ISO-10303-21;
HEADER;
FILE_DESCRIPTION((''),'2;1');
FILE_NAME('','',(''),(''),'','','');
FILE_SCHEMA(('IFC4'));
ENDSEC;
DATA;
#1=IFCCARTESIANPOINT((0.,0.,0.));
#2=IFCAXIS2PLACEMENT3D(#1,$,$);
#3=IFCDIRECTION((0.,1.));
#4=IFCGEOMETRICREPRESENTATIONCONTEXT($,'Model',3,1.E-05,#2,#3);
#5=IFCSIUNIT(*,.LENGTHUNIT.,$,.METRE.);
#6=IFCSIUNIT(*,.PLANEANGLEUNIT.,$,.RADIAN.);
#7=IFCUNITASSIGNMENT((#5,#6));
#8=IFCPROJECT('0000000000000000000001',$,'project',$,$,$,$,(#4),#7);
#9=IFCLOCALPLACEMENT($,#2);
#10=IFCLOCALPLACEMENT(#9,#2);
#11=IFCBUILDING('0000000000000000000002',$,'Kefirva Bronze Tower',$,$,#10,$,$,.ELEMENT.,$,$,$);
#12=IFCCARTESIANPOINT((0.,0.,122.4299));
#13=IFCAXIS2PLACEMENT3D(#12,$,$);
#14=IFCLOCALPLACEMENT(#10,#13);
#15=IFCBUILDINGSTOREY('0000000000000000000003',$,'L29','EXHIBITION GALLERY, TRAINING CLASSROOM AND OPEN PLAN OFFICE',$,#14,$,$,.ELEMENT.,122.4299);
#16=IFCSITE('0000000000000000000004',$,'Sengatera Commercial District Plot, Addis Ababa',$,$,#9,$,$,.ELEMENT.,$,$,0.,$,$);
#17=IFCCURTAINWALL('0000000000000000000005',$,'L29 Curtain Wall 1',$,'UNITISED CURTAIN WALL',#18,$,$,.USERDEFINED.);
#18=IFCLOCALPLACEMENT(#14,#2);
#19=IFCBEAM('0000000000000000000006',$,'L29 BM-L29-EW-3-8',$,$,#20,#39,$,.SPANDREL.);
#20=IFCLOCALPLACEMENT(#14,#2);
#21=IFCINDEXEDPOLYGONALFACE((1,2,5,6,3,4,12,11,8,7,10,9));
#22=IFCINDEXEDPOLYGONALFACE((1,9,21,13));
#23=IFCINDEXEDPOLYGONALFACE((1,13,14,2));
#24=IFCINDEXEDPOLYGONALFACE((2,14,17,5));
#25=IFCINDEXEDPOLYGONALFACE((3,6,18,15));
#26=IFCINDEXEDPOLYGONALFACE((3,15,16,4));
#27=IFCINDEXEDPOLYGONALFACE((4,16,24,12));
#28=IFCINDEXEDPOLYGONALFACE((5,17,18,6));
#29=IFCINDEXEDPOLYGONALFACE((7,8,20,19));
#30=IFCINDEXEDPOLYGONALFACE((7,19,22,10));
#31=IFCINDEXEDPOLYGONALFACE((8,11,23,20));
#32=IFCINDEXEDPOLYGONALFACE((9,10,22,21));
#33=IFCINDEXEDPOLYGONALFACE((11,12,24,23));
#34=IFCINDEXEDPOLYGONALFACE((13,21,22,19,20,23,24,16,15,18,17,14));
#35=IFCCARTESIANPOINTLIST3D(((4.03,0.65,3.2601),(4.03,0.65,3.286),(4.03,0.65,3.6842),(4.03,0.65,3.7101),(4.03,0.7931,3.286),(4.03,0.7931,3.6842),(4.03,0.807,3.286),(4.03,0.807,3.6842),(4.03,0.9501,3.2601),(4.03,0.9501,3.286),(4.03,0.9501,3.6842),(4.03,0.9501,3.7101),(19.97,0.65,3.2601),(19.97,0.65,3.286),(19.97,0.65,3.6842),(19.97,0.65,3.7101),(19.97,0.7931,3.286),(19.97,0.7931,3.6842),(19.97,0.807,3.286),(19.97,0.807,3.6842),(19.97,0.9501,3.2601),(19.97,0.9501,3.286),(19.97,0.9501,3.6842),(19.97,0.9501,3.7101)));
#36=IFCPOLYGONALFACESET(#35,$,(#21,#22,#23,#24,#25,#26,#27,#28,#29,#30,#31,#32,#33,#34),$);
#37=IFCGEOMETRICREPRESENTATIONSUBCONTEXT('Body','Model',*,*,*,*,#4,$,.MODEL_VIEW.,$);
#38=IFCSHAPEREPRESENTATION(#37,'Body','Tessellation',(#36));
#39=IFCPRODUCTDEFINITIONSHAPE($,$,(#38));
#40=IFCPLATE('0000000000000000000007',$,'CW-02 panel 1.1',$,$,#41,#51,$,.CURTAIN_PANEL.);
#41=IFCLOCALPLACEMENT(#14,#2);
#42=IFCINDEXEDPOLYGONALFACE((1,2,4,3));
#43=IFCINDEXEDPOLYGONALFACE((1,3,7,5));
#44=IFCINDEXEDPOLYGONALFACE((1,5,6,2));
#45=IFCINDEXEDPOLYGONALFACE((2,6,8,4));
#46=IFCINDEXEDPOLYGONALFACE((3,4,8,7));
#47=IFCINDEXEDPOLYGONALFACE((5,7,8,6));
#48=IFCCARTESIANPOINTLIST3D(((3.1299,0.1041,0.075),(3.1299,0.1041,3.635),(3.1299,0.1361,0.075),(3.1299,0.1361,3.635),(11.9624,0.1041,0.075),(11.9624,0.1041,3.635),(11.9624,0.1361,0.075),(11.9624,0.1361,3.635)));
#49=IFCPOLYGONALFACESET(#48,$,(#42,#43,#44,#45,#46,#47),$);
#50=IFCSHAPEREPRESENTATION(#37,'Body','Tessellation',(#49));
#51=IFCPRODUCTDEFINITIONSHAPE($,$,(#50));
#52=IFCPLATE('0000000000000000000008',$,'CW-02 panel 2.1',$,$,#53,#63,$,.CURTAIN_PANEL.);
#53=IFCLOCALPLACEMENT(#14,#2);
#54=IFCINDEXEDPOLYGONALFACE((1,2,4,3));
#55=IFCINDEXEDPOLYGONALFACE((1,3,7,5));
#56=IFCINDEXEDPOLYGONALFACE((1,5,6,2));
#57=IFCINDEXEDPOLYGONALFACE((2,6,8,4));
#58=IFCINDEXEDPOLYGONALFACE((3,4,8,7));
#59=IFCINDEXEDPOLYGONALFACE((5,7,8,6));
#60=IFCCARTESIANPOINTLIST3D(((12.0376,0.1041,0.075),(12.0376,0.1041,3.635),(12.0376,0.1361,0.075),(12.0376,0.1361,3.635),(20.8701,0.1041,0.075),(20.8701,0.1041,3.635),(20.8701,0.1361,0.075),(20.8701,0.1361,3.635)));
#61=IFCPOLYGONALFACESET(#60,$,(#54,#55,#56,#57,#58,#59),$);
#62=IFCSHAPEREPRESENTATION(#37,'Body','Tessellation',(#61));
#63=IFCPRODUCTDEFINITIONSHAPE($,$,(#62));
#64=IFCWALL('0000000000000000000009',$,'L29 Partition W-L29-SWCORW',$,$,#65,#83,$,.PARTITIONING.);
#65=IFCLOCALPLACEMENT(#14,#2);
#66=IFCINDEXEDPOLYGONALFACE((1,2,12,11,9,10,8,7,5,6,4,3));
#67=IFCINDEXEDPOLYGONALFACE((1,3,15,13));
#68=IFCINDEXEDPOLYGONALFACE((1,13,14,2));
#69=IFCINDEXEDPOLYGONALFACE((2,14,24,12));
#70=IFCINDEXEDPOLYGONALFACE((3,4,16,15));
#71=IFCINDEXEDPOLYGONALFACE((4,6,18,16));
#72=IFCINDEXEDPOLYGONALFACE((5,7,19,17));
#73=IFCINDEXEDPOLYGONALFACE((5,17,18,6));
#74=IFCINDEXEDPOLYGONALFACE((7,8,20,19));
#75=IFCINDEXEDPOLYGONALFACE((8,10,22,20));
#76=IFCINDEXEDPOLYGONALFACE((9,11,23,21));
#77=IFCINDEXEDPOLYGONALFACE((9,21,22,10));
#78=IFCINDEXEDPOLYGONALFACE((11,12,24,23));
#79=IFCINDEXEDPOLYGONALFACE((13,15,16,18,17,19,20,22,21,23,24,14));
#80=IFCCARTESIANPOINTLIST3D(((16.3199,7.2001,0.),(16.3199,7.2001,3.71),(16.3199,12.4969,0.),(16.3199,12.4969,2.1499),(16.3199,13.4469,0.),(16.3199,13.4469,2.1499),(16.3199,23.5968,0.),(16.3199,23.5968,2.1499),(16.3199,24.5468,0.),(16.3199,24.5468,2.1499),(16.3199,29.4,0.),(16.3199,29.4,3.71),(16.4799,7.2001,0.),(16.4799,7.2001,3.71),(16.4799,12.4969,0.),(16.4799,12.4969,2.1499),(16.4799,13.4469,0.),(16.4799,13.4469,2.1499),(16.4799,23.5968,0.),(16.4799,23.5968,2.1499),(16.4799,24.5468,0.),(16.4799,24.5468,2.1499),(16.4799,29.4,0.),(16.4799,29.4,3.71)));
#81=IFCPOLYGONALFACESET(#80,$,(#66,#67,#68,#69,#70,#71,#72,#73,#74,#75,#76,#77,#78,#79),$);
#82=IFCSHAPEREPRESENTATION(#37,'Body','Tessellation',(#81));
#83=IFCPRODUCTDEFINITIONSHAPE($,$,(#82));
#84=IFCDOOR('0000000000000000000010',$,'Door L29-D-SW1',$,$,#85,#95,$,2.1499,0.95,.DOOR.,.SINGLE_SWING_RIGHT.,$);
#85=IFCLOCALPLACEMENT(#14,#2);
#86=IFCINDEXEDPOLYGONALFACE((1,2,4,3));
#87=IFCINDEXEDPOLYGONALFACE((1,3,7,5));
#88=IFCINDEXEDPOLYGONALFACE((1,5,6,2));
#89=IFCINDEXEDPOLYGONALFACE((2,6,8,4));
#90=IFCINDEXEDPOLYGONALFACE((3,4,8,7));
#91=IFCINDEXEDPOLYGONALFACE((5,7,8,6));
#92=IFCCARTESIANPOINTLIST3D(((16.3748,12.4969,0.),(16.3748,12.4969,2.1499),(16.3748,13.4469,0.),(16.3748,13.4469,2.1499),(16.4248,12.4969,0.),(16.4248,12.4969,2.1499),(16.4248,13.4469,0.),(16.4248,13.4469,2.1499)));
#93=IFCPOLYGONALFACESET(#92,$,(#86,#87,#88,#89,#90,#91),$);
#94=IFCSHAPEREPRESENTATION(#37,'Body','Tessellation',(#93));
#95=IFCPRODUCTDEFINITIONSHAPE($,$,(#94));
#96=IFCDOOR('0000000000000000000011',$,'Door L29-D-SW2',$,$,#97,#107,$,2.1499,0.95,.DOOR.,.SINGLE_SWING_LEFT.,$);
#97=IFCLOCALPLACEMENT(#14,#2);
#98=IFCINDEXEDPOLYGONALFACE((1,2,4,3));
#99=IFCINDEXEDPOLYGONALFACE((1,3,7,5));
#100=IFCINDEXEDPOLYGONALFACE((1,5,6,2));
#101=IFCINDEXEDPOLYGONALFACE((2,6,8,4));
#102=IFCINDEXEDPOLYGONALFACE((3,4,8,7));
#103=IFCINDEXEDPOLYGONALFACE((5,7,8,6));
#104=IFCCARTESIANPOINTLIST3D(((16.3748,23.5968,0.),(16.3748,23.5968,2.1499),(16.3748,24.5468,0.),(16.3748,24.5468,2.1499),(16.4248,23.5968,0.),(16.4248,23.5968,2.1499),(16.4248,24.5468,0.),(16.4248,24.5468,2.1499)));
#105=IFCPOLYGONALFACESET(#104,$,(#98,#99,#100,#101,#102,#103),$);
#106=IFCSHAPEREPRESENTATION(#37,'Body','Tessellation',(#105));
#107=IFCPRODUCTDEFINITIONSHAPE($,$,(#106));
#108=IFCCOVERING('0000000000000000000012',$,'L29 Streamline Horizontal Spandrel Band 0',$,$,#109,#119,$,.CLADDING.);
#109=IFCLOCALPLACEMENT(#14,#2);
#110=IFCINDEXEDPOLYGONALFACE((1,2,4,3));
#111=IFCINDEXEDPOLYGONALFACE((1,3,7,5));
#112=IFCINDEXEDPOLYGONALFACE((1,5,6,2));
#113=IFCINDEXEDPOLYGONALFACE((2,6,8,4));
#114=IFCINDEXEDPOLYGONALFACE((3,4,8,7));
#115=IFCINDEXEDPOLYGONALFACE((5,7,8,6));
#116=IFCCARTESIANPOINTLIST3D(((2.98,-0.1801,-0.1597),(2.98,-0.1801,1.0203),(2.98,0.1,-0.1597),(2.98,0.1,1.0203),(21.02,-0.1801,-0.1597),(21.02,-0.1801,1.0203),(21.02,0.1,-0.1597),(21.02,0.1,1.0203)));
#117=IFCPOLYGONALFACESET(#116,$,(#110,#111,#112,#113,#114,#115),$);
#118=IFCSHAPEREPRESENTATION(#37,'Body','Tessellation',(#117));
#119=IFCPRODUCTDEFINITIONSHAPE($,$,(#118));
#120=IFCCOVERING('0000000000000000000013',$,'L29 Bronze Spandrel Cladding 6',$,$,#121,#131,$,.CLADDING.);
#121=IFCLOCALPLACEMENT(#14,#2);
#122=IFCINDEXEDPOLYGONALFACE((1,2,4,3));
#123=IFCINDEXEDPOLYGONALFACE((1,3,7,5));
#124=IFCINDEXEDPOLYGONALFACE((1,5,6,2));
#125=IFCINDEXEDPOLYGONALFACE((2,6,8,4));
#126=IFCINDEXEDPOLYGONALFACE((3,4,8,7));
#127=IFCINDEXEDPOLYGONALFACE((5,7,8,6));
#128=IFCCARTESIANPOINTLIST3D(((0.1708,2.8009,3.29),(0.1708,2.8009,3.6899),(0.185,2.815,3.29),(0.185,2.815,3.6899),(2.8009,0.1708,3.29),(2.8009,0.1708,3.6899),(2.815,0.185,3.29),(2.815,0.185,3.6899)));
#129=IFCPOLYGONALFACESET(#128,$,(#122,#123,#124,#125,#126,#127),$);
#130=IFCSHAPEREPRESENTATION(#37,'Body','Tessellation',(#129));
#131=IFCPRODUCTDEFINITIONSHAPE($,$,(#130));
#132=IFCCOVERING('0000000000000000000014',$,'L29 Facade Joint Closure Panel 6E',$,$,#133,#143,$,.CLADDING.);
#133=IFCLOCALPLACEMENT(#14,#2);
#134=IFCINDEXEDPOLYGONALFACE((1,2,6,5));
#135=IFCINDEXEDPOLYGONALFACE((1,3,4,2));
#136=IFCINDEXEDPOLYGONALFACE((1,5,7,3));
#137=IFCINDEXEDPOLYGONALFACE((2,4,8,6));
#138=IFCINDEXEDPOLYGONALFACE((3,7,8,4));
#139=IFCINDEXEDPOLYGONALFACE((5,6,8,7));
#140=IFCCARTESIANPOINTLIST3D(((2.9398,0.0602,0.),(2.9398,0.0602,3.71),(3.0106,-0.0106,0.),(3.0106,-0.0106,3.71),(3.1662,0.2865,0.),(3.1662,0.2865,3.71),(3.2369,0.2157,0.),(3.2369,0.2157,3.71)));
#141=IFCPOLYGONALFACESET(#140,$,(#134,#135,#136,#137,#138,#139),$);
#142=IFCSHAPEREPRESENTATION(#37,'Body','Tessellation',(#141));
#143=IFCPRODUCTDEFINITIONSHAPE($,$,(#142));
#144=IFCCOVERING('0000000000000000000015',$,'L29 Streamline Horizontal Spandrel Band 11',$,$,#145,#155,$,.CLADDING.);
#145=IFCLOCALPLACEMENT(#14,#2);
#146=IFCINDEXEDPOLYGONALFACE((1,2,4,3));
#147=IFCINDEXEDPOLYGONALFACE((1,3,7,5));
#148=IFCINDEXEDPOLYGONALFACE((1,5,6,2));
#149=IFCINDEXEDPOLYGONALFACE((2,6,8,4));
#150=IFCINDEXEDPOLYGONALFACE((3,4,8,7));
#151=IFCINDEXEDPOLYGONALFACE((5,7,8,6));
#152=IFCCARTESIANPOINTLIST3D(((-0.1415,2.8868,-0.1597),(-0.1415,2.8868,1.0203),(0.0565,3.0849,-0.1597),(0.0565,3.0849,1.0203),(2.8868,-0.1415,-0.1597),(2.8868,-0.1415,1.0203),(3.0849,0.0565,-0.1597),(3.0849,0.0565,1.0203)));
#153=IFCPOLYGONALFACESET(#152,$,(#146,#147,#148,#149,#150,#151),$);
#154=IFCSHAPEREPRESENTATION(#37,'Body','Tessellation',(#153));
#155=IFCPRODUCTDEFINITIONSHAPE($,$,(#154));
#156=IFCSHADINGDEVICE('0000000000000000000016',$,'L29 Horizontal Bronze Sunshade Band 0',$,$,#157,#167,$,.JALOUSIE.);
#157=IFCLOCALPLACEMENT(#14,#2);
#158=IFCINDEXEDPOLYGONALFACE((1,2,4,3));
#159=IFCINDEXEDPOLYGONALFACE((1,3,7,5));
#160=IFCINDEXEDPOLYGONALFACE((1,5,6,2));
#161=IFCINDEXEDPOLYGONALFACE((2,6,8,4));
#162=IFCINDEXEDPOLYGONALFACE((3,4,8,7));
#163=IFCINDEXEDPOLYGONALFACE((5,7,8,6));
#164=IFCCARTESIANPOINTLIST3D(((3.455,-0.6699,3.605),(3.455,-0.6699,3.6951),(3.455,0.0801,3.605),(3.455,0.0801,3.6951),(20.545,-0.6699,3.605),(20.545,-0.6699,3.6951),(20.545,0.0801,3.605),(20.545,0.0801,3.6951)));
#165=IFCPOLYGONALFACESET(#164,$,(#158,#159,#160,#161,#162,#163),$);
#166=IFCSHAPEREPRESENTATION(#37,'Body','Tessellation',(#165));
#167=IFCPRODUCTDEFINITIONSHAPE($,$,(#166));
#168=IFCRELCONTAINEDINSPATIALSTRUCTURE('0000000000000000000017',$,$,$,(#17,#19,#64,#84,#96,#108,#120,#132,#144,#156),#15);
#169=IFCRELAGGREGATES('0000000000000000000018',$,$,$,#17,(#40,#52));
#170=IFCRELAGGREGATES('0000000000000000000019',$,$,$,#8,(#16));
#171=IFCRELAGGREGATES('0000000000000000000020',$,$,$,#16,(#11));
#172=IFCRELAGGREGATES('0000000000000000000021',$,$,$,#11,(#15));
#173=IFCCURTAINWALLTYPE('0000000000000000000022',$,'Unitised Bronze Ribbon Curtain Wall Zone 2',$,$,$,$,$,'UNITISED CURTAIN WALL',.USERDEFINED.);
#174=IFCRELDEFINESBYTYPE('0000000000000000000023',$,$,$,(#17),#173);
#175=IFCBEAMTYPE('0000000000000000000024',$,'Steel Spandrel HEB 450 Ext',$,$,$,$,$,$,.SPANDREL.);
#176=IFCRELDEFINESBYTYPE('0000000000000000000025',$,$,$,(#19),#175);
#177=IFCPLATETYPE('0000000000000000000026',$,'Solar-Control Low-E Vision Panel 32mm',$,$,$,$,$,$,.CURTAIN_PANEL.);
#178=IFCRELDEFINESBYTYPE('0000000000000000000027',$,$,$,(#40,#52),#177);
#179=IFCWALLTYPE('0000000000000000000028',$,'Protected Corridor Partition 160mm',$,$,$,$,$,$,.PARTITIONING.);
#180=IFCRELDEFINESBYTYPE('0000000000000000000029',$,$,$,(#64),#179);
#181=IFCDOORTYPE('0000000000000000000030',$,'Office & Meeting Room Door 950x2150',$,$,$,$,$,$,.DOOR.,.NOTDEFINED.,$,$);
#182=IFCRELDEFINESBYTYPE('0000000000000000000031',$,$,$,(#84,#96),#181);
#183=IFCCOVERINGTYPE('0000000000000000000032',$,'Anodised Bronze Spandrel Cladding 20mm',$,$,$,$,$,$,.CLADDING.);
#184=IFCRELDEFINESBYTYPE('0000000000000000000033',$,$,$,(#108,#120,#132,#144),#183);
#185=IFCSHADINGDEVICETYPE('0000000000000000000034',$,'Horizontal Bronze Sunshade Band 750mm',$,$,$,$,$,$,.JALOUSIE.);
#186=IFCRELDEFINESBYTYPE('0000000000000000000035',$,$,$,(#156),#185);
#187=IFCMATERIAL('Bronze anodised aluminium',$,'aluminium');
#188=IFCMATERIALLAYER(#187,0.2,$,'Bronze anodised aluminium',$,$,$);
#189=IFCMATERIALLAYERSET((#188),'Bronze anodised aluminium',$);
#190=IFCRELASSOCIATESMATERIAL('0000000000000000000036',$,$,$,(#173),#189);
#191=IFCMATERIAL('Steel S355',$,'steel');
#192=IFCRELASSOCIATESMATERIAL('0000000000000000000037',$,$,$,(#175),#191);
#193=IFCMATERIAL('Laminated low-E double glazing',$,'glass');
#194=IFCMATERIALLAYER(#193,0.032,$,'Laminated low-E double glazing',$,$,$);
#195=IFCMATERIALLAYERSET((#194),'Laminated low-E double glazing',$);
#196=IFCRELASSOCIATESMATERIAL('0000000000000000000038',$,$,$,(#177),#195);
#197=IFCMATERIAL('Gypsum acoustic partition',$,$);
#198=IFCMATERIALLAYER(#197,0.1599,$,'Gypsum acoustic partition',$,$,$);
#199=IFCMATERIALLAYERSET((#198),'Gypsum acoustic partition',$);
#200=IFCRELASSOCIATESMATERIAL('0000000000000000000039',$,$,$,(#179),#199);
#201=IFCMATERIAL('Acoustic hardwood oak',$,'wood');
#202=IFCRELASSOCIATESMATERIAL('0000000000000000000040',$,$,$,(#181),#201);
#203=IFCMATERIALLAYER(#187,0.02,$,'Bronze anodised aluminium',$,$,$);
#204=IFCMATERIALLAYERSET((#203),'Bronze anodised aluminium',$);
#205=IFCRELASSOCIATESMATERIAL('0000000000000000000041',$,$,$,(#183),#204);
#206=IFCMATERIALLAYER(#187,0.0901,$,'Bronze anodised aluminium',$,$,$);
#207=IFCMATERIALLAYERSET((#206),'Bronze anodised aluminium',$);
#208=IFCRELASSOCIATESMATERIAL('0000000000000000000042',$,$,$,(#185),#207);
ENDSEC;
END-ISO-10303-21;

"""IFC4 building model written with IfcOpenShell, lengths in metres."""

from ifc_helpers import new_model, si_unit, direction, frame, frame_2d, origin, origin_2d, place, context, subcontext, project, spatial, rectangle, i_section, extrude, material, layer, layer_set, material_profile, profile_set, type_object, element, fill, aggregate, save


model = new_model("IFC4")

# Units and contexts
model_context = context("Model", 3, precision=1e-05, world=origin(), true_north=direction((0.0, 1.0)))
body_context = subcontext(model_context, "Body", "Model", "MODEL_VIEW")
ifc_project = project(units=[si_unit("LENGTHUNIT", "METRE"), si_unit("PLANEANGLEUNIT", "RADIAN")], contexts=[model_context])

# Site, building, storey
site_placement = place(None, origin())
site = spatial("IfcSite", under=ifc_project, at=site_placement, Name="Sengatera Commercial District Plot, Addis Ababa", CompositionType="ELEMENT", RefElevation=0.0)
building_placement = place(site_placement, origin())
building = spatial("IfcBuilding", under=site, at=building_placement, Name="Kefirva Bronze Tower", CompositionType="ELEMENT")
storey_placement = place(building_placement, frame((0.0, 0.0, 122.4299)))
storey = spatial("IfcBuildingStorey", under=building, at=storey_placement, Name="L29", Description="EXHIBITION GALLERY, TRAINING CLASSROOM AND OPEN PLAN OFFICE", CompositionType="ELEMENT", Elevation=122.4299)

# Curtain wall
ifc_material_1 = material(Name="Bronze anodised aluminium", Category="aluminium")
ifc_layer_1 = layer(ifc_material_1, 0.2, Name="Bronze anodised aluminium")
ifc_layer_set_1 = layer_set([ifc_layer_1], Name="Bronze anodised aluminium")
curtain_wall_type = type_object("IfcCurtainWallType", Name="Unitised Bronze Ribbon Curtain Wall Zone 2", ElementType="UNITISED CURTAIN WALL", PredefinedType="USERDEFINED", material=ifc_layer_set_1)
curtain_wall_placement = place(storey_placement, origin())
curtain_wall = element("IfcCurtainWall", 1, at=curtain_wall_placement, inside=storey, type_object=curtain_wall_type, Name="L29 Curtain Wall 1", ObjectType="UNITISED CURTAIN WALL", PredefinedType="USERDEFINED")

# Beam
ifc_material_2 = material(Name="Steel S355", Category="steel")
ifc_material_profile_1 = material_profile(ifc_material_2, i_section(OverallWidth=0.3, OverallDepth=0.45, WebThickness=0.0139, FlangeThickness=0.0259, at=origin_2d()), Name="HEB 450")
ifc_profile_set_1 = profile_set([ifc_material_profile_1], Name="Steel S355")
beam_type_1 = type_object("IfcBeamType", Name="Steel Spandrel HEB 450 Ext", PredefinedType="SPANDREL", material=ifc_profile_set_1)
beam_1_placement = place(storey_placement, frame((4.03, 0.8, 3.4851), z_axis=(1.0, 0.0, 0.0), x_axis=(0.0, 1.0, 0.0)))
element("IfcBeam", 2, at=beam_1_placement, inside=storey, type_object=beam_type_1, Name="L29 BM-L29-EW-3-8", PredefinedType="SPANDREL", context=body_context, shape_type="SweptSolid", body=[
    extrude(i_section(OverallWidth=0.3, OverallDepth=0.45, WebThickness=0.0139, FlangeThickness=0.0259, at=origin_2d()), origin(), (0.0, 0.0, 1.0), 15.9399),
])

# Plates
ifc_material_3 = material(Name="Laminated low-E double glazing", Category="glass")
ifc_layer_2 = layer(ifc_material_3, 0.032, Name="Laminated low-E double glazing")
ifc_layer_set_2 = layer_set([ifc_layer_2], Name="Laminated low-E double glazing")
plate_type = type_object("IfcPlateType", Name="Solar-Control Low-E Vision Panel 32mm", PredefinedType="CURTAIN_PANEL", material=ifc_layer_set_2)
plate_1_placement = place(storey_placement, frame((7.5461, 0.1201, 0.075), z_axis=(0.0, 0.0, 1.0), x_axis=(1.0, 0.0, 0.0)))
plate_1 = element("IfcPlate", 3, at=plate_1_placement, type_object=plate_type, Name="CW-02 panel 1.1", PredefinedType="CURTAIN_PANEL", context=body_context, shape_type="SweptSolid", body=[
    extrude(rectangle(XDim=8.8325, YDim=0.032, at=origin_2d()), origin(), (0.0, 0.0, 1.0), 3.5601),
])
plate_2_placement = place(storey_placement, frame((16.4539, 0.1201, 0.075), z_axis=(0.0, 0.0, 1.0), x_axis=(1.0, 0.0, 0.0)))
plate_2 = element("IfcPlate", 4, at=plate_2_placement, type_object=plate_type, Name="CW-02 panel 2.1", PredefinedType="CURTAIN_PANEL", context=body_context, shape_type="SweptSolid", body=[
    extrude(rectangle(XDim=8.8325, YDim=0.032, at=origin_2d()), origin(), (0.0, 0.0, 1.0), 3.5601),
])
aggregate(curtain_wall, [plate_1, plate_2])

# Wall, openings, doors
ifc_material_4 = material(Name="Gypsum acoustic partition")
ifc_layer_3 = layer(ifc_material_4, 0.1599, Name="Gypsum acoustic partition")
ifc_layer_set_3 = layer_set([ifc_layer_3], Name="Gypsum acoustic partition")
wall_type = type_object("IfcWallType", Name="Protected Corridor Partition 160mm", PredefinedType="PARTITIONING", material=ifc_layer_set_3)
wall_placement = place(storey_placement, frame((16.3999, 7.2, 0.0), z_axis=(0.0, 0.0, 1.0), x_axis=(0.0, 1.0, 0.0)))
wall = element("IfcWall", 5, at=wall_placement, inside=storey, type_object=wall_type, Name="L29 Partition W-L29-SWCORW", PredefinedType="PARTITIONING", context=body_context, shape_type="SweptSolid", body=[
    extrude(rectangle(XDim=22.2, YDim=0.1599, at=frame_2d((11.1001, 0.0))), origin(), (0.0, 0.0, 1.0), 3.71),
])
opening_1_placement = place(wall_placement, frame((6.2471, 0.0, 0.0), z_axis=(0.0, 0.0, 1.0), x_axis=(-1.0, 0.0, 0.0)))
opening_1 = element("IfcOpeningElement", 6, at=opening_1_placement, cuts=wall, PredefinedType="OPENING", context=body_context, shape_type="SweptSolid", body=[
    extrude(rectangle(XDim=0.95, YDim=2.1499, at=frame_2d((0.4751, 1.075))), frame((0.0, 0.0898, 0.0), z_axis=(0.0, -1.0, 0.0), x_axis=(1.0, 0.0, 0.0)), (0.0, 0.0, 1.0), 0.1799),
])
opening_2_placement = place(wall_placement, frame((17.3469, 0.0, 0.0), z_axis=(0.0, 0.0, 1.0), x_axis=(-1.0, 0.0, 0.0)))
opening_2 = element("IfcOpeningElement", 7, at=opening_2_placement, cuts=wall, PredefinedType="OPENING", context=body_context, shape_type="SweptSolid", body=[
    extrude(rectangle(XDim=0.95, YDim=2.1499, at=frame_2d((0.4751, 1.075))), frame((0.0, 0.0898, 0.0), z_axis=(0.0, -1.0, 0.0), x_axis=(1.0, 0.0, 0.0)), (0.0, 0.0, 1.0), 0.1799),
])
ifc_material_5 = material(Name="Acoustic hardwood oak", Category="wood")
door_type = type_object("IfcDoorType", Name="Office & Meeting Room Door 950x2150", OperationType="NOTDEFINED", PredefinedType="DOOR", material=ifc_material_5)
door_1_placement = place(opening_1_placement, origin())
door_1 = element("IfcDoor", 8, at=door_1_placement, inside=storey, type_object=door_type, Name="Door L29-D-SW1", OperationType="SINGLE_SWING_RIGHT", OverallHeight=2.1499, OverallWidth=0.95, PredefinedType="DOOR", context=body_context, shape_type="SweptSolid", body=[
    extrude(rectangle(XDim=0.95, YDim=2.1499, at=frame_2d((0.4751, 1.075))), frame((0.0, 0.0249, 0.0), z_axis=(0.0, -1.0, 0.0), x_axis=(1.0, 0.0, 0.0)), (0.0, 0.0, 1.0), 0.05),
])
fill(opening_1, door_1)
door_2_placement = place(opening_2_placement, origin())
door_2 = element("IfcDoor", 9, at=door_2_placement, inside=storey, type_object=door_type, Name="Door L29-D-SW2", OperationType="SINGLE_SWING_LEFT", OverallHeight=2.1499, OverallWidth=0.95, PredefinedType="DOOR", context=body_context, shape_type="SweptSolid", body=[
    extrude(rectangle(XDim=0.95, YDim=2.1499, at=frame_2d((0.4751, 1.075))), frame((0.0, 0.0249, 0.0), z_axis=(0.0, -1.0, 0.0), x_axis=(1.0, 0.0, 0.0)), (0.0, 0.0, 1.0), 0.05),
])
fill(opening_2, door_2)

# Coverings
ifc_layer_4 = layer(ifc_material_1, 0.02, Name="Bronze anodised aluminium")
ifc_layer_set_4 = layer_set([ifc_layer_4], Name="Bronze anodised aluminium")
covering_type_1 = type_object("IfcCoveringType", Name="Anodised Bronze Spandrel Cladding 20mm", PredefinedType="CLADDING", material=ifc_layer_set_4)
covering_1_placement = place(storey_placement, frame((12.0, -0.04, -0.1597), z_axis=(0.0, 0.0, 1.0), x_axis=(1.0, 0.0, 0.0)))
element("IfcCovering", 10, at=covering_1_placement, inside=storey, type_object=covering_type_1, Name="L29 Streamline Horizontal Spandrel Band 0", PredefinedType="CLADDING", context=body_context, shape_type="SweptSolid", body=[
    extrude(rectangle(XDim=18.04, YDim=0.28, at=origin_2d()), origin(), (0.0, 0.0, 1.0), 1.1799),
])
covering_2_placement = place(storey_placement, frame((1.4929, 1.4929, 3.29), z_axis=(0.0, 0.0, 1.0), x_axis=(0.707107, -0.707107, 0.0)))
element("IfcCovering", 11, at=covering_2_placement, inside=storey, type_object=covering_type_1, Name="L29 Bronze Spandrel Cladding 6", PredefinedType="CLADDING", context=body_context, shape_type="SweptSolid", body=[
    extrude(rectangle(XDim=3.7195, YDim=0.02, at=origin_2d()), origin(), (0.0, 0.0, 1.0), 0.3999),
])
covering_3_placement = place(storey_placement, frame((3.0884, 0.1379, 0.0), z_axis=(0.0, 0.0, 1.0), x_axis=(0.707107, -0.707107, 0.0)))
element("IfcCovering", 12, at=covering_3_placement, inside=storey, type_object=covering_type_1, Name="L29 Facade Joint Closure Panel 6E", PredefinedType="CLADDING", context=body_context, shape_type="SweptSolid", body=[
    extrude(rectangle(XDim=0.1001, YDim=0.3201, at=origin_2d()), origin(), (0.0, 0.0, 1.0), 3.71),
])
covering_4_placement = place(storey_placement, frame((1.4717, 1.4717, -0.1597), z_axis=(0.0, 0.0, 1.0), x_axis=(0.707107, -0.707107, 0.0)))
element("IfcCovering", 13, at=covering_4_placement, inside=storey, type_object=covering_type_1, Name="L29 Streamline Horizontal Spandrel Band 11", PredefinedType="CLADDING", context=body_context, shape_type="SweptSolid", body=[
    extrude(rectangle(XDim=4.2827, YDim=0.28, at=origin_2d()), origin(), (0.0, 0.0, 1.0), 1.1799),
])

# Shading device
ifc_layer_5 = layer(ifc_material_1, 0.0901, Name="Bronze anodised aluminium")
ifc_layer_set_5 = layer_set([ifc_layer_5], Name="Bronze anodised aluminium")
shading_device_type = type_object("IfcShadingDeviceType", Name="Horizontal Bronze Sunshade Band 750mm", PredefinedType="JALOUSIE", material=ifc_layer_set_5)
shading_device_placement = place(storey_placement, frame((12.0, -0.2949, 3.605), z_axis=(0.0, 0.0, 1.0), x_axis=(1.0, 0.0, 0.0)))
element("IfcShadingDevice", 14, at=shading_device_placement, inside=storey, type_object=shading_device_type, Name="L29 Horizontal Bronze Sunshade Band 0", PredefinedType="JALOUSIE", context=body_context, shape_type="SweptSolid", body=[
    extrude(rectangle(XDim=17.0901, YDim=0.75, at=origin_2d()), origin(), (0.0, 0.0, 1.0), 0.0901),
])

save(model, "model.ifc")
